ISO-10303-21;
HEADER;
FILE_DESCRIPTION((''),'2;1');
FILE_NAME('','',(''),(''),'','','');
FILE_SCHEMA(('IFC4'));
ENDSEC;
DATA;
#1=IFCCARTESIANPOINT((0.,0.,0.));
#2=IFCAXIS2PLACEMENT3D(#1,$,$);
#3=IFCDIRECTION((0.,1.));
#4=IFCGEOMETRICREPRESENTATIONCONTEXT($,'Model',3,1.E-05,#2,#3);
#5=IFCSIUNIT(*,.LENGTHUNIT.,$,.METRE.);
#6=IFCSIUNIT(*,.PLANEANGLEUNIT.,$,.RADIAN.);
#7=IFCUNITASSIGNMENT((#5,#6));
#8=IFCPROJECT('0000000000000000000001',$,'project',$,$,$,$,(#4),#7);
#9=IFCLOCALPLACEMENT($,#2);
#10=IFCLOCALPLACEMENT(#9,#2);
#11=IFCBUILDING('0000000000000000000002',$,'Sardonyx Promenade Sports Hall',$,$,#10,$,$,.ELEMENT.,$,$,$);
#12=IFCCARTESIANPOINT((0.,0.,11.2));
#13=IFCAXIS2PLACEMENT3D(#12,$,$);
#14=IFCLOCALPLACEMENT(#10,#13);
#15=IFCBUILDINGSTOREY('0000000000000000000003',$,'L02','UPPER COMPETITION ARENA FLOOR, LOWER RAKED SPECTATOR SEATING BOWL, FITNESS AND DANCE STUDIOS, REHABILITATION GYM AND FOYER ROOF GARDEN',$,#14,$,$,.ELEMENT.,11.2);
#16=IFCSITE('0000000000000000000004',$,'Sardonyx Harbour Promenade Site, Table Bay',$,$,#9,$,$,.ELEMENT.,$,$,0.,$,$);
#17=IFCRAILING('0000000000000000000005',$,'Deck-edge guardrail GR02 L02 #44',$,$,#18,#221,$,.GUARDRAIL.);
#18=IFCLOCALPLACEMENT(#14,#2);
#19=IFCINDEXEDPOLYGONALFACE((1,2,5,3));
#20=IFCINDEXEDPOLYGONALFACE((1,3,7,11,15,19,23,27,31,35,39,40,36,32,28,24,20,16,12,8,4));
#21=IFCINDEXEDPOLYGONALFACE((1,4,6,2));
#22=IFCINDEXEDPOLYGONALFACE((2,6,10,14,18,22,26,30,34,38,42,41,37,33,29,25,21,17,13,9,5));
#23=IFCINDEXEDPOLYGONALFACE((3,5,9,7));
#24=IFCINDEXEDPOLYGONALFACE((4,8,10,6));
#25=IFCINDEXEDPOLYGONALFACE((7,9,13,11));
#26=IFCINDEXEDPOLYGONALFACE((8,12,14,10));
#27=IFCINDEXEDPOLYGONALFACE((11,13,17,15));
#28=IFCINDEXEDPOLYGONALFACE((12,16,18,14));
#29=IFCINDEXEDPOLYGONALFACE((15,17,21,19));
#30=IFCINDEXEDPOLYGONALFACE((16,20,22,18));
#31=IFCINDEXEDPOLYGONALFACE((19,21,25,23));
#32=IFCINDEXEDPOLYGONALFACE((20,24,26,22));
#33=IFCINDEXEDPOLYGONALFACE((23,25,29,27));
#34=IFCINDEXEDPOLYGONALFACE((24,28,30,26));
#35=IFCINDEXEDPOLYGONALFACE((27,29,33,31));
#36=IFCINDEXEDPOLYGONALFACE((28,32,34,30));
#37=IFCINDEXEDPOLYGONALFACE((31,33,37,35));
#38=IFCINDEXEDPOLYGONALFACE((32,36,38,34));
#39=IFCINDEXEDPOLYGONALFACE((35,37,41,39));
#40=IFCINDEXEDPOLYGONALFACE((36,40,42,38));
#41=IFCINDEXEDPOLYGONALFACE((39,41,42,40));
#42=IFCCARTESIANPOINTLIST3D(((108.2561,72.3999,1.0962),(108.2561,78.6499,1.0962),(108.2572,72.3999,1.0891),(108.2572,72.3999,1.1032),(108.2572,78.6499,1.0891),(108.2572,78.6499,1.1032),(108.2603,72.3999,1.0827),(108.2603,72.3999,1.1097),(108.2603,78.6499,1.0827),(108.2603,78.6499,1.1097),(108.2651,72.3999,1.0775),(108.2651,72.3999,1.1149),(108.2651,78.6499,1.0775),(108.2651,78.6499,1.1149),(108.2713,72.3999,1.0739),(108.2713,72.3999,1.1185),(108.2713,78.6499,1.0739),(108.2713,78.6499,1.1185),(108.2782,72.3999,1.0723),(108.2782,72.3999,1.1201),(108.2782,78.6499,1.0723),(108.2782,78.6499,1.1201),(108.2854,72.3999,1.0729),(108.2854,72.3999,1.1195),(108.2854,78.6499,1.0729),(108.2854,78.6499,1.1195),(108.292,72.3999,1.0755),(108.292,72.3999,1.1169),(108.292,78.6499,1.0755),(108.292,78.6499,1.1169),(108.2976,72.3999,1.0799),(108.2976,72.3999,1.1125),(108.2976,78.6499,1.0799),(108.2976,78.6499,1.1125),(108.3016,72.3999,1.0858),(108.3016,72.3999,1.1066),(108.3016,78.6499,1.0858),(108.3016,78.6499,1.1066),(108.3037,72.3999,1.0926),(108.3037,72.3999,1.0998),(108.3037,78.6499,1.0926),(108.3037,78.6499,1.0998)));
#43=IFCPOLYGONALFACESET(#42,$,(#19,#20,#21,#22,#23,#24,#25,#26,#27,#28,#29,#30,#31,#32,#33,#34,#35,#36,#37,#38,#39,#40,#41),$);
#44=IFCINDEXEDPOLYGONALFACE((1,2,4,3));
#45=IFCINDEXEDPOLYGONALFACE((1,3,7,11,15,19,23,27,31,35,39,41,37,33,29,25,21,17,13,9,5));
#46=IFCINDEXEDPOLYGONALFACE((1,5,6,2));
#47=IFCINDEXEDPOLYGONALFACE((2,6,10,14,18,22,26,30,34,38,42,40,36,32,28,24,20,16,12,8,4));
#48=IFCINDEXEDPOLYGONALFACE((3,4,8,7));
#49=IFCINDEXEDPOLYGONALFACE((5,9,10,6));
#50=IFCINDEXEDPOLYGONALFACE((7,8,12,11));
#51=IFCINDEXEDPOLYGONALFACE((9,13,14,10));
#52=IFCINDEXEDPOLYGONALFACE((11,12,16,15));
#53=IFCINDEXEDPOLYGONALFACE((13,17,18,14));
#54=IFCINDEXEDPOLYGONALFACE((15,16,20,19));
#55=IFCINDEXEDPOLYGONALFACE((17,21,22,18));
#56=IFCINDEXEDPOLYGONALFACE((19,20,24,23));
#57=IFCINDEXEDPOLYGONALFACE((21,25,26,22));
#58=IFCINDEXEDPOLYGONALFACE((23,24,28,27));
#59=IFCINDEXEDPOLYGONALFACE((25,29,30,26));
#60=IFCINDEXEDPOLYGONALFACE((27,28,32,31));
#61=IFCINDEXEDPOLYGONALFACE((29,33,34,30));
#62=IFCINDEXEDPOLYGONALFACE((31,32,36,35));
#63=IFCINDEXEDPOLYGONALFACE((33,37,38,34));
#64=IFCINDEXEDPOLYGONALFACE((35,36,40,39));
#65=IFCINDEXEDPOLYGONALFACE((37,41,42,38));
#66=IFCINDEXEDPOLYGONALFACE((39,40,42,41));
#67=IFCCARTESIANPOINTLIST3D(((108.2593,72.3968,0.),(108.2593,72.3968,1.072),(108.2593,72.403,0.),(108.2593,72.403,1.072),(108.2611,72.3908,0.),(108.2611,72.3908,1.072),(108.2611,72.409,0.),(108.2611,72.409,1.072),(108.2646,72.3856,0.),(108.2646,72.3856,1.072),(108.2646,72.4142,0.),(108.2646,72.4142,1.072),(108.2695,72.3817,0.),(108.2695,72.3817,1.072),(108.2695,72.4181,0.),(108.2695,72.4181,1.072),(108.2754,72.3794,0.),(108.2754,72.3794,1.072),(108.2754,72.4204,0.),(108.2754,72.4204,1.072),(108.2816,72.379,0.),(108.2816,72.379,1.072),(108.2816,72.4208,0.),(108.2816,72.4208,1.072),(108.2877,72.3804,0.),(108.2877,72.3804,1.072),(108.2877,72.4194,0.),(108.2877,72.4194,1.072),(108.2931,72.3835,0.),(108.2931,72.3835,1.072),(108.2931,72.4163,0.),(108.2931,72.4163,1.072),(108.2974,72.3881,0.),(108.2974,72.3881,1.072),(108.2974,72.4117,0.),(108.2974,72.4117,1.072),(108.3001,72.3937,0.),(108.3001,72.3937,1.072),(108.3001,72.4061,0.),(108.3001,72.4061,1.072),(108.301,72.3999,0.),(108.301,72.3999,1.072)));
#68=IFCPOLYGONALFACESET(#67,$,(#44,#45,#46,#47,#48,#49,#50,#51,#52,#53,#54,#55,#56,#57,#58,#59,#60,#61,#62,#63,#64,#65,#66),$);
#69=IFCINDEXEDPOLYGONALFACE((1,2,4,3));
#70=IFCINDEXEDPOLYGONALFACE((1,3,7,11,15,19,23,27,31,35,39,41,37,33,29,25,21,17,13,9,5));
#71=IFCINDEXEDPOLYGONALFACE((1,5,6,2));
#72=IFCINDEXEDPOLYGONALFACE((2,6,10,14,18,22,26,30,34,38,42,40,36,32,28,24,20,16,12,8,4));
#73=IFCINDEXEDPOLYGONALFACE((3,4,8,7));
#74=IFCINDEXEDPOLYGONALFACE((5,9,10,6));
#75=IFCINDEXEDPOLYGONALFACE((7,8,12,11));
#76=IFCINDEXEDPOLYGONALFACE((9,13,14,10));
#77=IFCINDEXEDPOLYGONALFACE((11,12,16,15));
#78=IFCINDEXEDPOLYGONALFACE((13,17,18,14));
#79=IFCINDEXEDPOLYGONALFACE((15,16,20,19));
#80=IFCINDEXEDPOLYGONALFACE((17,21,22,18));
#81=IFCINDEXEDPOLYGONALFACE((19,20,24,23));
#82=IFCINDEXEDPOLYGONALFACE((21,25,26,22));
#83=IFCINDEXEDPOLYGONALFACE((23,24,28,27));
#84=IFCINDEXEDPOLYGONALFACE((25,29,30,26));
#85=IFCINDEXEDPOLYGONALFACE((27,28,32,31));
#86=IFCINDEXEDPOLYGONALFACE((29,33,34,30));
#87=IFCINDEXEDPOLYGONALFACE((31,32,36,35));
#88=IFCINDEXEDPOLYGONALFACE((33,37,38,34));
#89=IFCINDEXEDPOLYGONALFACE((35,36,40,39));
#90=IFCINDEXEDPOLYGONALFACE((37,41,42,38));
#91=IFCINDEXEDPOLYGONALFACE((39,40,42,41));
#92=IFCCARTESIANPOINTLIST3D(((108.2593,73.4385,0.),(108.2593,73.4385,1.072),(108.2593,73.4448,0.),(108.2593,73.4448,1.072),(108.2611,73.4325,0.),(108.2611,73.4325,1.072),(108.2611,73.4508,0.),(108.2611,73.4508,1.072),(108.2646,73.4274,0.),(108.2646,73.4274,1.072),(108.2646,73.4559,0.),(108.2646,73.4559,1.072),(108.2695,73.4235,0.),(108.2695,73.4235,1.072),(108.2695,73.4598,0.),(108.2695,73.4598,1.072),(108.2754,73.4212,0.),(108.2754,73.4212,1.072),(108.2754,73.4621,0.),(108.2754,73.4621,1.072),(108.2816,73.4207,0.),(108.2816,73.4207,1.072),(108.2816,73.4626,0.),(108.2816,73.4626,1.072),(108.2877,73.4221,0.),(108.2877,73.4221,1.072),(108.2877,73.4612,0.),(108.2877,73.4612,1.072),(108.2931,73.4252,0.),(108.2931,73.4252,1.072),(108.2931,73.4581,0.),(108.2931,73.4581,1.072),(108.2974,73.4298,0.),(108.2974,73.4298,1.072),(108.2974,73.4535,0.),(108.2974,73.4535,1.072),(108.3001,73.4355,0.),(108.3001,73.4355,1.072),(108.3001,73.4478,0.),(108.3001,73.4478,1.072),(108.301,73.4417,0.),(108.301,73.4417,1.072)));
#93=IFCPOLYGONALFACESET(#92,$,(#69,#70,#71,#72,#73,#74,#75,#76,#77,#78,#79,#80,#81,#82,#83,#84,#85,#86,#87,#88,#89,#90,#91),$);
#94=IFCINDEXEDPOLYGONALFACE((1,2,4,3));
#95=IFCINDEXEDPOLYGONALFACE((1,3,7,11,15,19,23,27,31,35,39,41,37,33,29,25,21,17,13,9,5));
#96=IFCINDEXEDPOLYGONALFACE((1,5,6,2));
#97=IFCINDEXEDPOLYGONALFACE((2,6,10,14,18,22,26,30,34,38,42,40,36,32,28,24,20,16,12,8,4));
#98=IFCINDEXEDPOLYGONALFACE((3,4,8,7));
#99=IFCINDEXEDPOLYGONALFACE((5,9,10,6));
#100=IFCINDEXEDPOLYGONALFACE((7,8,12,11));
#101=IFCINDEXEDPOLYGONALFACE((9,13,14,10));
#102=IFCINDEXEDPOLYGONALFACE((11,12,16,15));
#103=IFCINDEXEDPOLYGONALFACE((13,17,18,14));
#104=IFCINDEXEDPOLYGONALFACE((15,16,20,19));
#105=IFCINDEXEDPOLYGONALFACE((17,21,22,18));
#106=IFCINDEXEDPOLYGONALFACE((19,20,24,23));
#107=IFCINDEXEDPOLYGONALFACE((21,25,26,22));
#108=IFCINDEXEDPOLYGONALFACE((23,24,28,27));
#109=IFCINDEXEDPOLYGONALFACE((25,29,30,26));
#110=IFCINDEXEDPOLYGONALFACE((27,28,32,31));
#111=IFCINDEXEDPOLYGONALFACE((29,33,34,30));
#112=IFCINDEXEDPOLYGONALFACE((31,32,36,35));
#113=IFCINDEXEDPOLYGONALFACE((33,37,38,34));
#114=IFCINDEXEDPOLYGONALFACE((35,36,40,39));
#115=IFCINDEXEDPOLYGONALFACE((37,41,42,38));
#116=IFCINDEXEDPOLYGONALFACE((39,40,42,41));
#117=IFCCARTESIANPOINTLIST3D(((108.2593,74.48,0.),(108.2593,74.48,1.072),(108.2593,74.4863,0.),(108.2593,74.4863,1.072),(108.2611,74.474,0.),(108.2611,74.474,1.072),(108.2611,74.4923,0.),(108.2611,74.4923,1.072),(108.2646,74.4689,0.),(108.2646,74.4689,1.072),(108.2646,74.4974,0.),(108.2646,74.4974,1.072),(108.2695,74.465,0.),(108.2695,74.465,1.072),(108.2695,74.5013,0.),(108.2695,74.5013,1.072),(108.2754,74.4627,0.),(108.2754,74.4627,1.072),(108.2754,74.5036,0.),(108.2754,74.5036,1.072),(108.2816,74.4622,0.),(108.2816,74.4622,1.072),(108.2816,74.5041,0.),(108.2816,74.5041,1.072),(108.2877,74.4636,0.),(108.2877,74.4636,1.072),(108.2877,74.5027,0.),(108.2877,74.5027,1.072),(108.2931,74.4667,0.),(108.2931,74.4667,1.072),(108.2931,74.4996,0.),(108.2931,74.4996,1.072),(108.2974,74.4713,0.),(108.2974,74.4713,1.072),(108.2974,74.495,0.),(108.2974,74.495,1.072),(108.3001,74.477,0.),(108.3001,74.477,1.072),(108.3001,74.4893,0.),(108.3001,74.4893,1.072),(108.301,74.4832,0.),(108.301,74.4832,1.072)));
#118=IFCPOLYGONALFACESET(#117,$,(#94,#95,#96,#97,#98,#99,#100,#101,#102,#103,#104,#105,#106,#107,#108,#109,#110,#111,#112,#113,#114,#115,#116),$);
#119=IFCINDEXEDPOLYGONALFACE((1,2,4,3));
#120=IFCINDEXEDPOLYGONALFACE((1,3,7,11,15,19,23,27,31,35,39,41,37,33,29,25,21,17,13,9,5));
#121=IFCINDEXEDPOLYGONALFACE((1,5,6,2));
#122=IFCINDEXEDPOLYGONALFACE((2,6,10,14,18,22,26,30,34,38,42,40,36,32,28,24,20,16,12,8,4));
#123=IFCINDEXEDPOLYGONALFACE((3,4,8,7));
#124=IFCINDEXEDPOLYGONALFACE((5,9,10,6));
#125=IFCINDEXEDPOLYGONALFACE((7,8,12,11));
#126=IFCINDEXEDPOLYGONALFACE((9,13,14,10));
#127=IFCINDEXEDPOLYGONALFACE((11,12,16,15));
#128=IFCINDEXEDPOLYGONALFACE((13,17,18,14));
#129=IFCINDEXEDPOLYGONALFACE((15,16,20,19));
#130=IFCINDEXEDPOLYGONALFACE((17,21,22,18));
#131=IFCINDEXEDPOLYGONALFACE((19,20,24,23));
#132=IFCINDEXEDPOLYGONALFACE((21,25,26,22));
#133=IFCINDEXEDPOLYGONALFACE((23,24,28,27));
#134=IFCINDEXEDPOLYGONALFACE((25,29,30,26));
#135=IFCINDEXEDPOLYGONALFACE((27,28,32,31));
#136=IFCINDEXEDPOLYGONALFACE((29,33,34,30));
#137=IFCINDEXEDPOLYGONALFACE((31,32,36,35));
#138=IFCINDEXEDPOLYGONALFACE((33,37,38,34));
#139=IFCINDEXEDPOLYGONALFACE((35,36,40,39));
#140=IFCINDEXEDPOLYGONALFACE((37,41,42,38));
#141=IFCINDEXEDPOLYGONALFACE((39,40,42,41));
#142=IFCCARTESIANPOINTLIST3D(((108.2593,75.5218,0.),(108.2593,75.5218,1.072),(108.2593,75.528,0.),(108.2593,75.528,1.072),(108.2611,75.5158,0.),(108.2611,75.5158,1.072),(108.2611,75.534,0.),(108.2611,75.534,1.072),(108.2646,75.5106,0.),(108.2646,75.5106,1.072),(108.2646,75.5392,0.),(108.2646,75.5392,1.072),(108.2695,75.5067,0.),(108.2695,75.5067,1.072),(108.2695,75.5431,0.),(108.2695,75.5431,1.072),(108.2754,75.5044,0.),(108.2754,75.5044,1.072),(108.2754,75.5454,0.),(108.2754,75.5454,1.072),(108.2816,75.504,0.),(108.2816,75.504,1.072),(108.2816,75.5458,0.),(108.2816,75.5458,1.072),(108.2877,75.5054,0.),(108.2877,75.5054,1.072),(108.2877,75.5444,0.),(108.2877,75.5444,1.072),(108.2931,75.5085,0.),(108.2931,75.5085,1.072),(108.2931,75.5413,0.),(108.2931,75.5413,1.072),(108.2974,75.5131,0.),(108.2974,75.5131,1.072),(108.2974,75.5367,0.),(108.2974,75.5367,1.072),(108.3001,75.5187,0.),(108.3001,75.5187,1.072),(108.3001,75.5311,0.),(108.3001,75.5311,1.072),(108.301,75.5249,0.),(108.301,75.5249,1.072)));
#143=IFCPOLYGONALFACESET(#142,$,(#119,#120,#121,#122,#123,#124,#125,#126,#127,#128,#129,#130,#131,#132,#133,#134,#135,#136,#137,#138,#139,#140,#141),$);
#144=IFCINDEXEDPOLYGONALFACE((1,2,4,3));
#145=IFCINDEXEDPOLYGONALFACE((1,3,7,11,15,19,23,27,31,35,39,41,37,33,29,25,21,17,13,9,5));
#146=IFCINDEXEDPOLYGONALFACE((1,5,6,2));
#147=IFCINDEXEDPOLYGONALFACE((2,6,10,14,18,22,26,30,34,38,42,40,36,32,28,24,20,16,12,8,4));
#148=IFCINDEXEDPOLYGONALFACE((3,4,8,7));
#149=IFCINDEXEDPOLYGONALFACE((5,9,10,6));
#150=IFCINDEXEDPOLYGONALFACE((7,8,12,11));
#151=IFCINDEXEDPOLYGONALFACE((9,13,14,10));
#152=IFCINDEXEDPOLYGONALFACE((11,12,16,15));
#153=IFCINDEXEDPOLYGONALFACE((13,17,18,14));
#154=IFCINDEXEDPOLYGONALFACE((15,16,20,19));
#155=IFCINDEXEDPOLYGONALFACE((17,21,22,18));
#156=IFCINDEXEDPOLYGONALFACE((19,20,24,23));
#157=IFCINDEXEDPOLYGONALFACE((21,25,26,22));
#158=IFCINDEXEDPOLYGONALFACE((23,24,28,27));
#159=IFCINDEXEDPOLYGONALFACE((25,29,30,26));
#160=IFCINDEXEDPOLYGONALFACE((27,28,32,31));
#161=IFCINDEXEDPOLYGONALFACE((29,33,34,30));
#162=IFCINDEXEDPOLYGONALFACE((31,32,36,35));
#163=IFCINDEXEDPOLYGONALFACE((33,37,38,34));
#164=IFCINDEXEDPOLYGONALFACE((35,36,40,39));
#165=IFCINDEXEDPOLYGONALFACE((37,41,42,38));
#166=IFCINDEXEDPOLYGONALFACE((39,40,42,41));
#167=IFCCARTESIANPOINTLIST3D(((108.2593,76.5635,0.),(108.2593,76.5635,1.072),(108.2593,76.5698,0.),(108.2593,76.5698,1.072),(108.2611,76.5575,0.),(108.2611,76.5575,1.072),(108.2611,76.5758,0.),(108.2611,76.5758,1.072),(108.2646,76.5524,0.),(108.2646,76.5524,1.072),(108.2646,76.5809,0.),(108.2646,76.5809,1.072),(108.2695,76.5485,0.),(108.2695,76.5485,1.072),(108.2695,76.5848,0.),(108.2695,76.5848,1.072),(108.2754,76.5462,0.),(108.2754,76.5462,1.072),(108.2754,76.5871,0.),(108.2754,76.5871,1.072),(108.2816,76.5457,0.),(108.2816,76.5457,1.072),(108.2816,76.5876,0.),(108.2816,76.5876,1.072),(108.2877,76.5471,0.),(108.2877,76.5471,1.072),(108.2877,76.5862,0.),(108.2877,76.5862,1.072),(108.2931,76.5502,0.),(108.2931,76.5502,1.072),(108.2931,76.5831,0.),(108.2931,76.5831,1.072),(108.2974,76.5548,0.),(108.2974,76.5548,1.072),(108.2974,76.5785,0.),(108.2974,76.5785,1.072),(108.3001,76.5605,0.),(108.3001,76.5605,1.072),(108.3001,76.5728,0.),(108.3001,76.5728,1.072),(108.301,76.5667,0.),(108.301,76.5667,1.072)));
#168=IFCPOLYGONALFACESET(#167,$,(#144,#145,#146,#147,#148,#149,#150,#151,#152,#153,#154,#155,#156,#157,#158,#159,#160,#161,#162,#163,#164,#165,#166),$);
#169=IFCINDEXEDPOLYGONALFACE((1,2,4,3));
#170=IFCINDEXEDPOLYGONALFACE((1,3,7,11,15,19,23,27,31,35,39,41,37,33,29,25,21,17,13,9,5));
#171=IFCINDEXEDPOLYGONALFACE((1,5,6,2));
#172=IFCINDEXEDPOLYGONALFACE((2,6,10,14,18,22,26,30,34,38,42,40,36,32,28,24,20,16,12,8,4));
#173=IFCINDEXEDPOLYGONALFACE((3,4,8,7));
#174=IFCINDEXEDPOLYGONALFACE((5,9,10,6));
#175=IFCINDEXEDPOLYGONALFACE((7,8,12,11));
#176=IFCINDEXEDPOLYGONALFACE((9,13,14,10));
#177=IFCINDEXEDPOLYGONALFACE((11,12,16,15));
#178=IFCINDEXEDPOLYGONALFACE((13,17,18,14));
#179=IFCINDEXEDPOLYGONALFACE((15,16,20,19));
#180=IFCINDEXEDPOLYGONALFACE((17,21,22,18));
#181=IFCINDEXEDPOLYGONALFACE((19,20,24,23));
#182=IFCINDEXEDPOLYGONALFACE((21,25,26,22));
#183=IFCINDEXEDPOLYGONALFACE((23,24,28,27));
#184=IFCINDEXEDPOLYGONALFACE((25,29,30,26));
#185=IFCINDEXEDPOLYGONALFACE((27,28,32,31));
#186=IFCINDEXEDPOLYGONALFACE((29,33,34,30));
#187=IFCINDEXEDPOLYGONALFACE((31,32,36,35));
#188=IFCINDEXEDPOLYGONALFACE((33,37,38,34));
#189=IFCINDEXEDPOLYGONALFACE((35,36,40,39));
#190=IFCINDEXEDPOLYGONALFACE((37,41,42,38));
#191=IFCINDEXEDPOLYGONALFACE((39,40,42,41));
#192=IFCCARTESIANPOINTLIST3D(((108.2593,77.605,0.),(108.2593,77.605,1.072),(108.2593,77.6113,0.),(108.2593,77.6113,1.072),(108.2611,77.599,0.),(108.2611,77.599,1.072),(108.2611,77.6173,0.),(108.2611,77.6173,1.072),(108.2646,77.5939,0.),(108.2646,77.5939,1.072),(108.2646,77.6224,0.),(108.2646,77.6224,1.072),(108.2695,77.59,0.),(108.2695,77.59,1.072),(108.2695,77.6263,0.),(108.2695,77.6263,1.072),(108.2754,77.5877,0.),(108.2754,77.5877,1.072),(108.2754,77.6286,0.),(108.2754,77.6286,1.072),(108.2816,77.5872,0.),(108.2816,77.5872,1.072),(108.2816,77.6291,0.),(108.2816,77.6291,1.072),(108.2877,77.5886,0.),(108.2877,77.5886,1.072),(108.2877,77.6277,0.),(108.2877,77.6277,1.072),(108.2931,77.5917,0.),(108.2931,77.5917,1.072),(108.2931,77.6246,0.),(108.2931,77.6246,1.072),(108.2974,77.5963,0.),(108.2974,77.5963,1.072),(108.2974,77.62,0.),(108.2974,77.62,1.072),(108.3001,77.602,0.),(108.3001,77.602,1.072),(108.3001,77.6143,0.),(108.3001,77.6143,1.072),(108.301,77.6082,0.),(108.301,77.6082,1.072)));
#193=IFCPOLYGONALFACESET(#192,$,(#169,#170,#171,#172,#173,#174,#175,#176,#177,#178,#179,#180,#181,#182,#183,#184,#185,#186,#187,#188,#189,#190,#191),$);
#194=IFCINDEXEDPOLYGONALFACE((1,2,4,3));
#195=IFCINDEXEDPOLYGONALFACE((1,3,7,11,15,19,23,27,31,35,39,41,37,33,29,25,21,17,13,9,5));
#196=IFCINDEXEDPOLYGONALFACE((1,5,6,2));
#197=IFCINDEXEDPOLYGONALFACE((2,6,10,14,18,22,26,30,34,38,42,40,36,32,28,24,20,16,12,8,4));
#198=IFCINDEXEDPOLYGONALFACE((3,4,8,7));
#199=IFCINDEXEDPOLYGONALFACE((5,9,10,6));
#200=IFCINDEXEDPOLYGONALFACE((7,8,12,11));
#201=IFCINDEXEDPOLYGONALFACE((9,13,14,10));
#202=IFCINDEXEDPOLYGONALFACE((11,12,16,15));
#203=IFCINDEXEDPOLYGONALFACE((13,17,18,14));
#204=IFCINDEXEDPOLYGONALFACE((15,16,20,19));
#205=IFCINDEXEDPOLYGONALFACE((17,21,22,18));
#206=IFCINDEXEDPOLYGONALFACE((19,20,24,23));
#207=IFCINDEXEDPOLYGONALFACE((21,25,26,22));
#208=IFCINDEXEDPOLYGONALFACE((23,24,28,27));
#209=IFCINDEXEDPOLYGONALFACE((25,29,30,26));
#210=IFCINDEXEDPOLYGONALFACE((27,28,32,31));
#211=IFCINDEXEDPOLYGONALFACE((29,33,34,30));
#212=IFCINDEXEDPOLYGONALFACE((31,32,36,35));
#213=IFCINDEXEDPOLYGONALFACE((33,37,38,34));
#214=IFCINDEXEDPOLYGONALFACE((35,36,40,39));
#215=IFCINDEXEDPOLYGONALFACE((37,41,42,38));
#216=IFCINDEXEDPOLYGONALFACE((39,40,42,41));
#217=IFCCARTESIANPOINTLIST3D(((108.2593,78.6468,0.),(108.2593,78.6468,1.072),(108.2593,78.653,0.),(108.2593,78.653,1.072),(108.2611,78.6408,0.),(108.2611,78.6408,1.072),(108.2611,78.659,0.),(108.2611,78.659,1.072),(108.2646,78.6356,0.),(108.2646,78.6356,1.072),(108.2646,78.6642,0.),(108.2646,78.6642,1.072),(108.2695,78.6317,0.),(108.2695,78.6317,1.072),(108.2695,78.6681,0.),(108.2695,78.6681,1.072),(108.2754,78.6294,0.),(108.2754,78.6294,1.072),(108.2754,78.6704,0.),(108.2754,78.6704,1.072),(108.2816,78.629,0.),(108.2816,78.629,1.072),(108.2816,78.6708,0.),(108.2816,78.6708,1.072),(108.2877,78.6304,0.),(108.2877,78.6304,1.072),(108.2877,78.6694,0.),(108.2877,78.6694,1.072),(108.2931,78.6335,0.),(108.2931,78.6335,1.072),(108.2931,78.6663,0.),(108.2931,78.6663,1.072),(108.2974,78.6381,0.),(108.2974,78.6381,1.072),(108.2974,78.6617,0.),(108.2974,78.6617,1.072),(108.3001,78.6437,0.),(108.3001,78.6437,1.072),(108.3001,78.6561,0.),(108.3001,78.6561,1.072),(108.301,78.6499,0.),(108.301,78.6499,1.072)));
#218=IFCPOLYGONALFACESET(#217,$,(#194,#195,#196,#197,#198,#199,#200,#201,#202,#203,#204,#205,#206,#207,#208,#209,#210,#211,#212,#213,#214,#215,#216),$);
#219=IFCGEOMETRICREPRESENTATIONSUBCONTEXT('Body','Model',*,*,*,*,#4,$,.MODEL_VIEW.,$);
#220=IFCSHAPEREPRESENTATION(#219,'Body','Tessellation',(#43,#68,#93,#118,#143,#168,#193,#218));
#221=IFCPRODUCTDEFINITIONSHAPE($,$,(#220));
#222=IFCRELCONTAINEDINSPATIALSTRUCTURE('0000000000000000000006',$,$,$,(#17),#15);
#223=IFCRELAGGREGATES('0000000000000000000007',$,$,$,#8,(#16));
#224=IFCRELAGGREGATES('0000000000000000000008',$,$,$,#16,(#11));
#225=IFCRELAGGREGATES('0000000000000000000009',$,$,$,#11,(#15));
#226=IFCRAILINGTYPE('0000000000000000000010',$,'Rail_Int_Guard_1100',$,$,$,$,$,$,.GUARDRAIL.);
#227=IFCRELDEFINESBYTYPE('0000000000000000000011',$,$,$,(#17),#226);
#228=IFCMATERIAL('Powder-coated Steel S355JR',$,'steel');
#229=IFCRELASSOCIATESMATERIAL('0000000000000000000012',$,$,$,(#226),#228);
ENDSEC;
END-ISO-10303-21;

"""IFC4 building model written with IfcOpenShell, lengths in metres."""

from ifc_helpers import new_model, si_unit, direction, frame, origin, origin_2d, place, context, subcontext, project, spatial, circle, extrude, material, type_object, element, save


model = new_model("IFC4")

# Units and contexts
model_context = context("Model", 3, precision=1e-05, world=origin(), true_north=direction((0.0, 1.0)))
body_context = subcontext(model_context, "Body", "Model", "MODEL_VIEW")
ifc_project = project(units=[si_unit("LENGTHUNIT", "METRE"), si_unit("PLANEANGLEUNIT", "RADIAN")], contexts=[model_context])

# Site, building, storey
site_placement = place(None, origin())
site = spatial("IfcSite", under=ifc_project, at=site_placement, Name="Sardonyx Harbour Promenade Site, Table Bay", CompositionType="ELEMENT", RefElevation=0.0)
building_placement = place(site_placement, origin())
building = spatial("IfcBuilding", under=site, at=building_placement, Name="Sardonyx Promenade Sports Hall", CompositionType="ELEMENT")
storey_placement = place(building_placement, frame((0.0, 0.0, 11.2)))
storey = spatial("IfcBuildingStorey", under=building, at=storey_placement, Name="L02", Description="UPPER COMPETITION ARENA FLOOR, LOWER RAKED SPECTATOR SEATING BOWL, FITNESS AND DANCE STUDIOS, REHABILITATION GYM AND FOYER ROOF GARDEN", CompositionType="ELEMENT", Elevation=11.2)

# Railing
ifc_material_1 = material(Name="Powder-coated Steel S355JR", Category="steel")
railing_type = type_object("IfcRailingType", Name="Rail_Int_Guard_1100", PredefinedType="GUARDRAIL", material=ifc_material_1)
railing_1_placement = place(storey_placement, frame((108.28, 72.3999, 0.0)))
element("IfcRailing", 1, at=railing_1_placement, inside=storey, type_object=railing_type, Name="Deck-edge guardrail GR02 L02 #44", PredefinedType="GUARDRAIL", context=body_context, shape_type="SweptSolid", body=[
    extrude(circle(Radius=0.0239, at=origin_2d()), frame((0.0, 0.0, 1.0962), z_axis=(0.0, 1.0, 0.0), x_axis=(-1.0, 0.0, 0.0)), (0.0, 0.0, 1.0), 6.25),
    extrude(circle(Radius=0.021, at=origin_2d()), origin(), (0.0, 0.0, 1.0), 1.072),
    extrude(circle(Radius=0.021, at=origin_2d()), frame((0.0, 1.0417, 0.0)), (0.0, 0.0, 1.0), 1.072),
    extrude(circle(Radius=0.021, at=origin_2d()), frame((0.0, 2.0833, 0.0)), (0.0, 0.0, 1.0), 1.072),
    extrude(circle(Radius=0.021, at=origin_2d()), frame((0.0, 3.125, 0.0)), (0.0, 0.0, 1.0), 1.072),
    extrude(circle(Radius=0.021, at=origin_2d()), frame((0.0, 4.1667, 0.0)), (0.0, 0.0, 1.0), 1.072),
    extrude(circle(Radius=0.021, at=origin_2d()), frame((0.0, 5.2083, 0.0)), (0.0, 0.0, 1.0), 1.072),
    extrude(circle(Radius=0.021, at=origin_2d()), frame((0.0, 6.25, 0.0)), (0.0, 0.0, 1.0), 1.072),
])

save(model, "model.ifc")
